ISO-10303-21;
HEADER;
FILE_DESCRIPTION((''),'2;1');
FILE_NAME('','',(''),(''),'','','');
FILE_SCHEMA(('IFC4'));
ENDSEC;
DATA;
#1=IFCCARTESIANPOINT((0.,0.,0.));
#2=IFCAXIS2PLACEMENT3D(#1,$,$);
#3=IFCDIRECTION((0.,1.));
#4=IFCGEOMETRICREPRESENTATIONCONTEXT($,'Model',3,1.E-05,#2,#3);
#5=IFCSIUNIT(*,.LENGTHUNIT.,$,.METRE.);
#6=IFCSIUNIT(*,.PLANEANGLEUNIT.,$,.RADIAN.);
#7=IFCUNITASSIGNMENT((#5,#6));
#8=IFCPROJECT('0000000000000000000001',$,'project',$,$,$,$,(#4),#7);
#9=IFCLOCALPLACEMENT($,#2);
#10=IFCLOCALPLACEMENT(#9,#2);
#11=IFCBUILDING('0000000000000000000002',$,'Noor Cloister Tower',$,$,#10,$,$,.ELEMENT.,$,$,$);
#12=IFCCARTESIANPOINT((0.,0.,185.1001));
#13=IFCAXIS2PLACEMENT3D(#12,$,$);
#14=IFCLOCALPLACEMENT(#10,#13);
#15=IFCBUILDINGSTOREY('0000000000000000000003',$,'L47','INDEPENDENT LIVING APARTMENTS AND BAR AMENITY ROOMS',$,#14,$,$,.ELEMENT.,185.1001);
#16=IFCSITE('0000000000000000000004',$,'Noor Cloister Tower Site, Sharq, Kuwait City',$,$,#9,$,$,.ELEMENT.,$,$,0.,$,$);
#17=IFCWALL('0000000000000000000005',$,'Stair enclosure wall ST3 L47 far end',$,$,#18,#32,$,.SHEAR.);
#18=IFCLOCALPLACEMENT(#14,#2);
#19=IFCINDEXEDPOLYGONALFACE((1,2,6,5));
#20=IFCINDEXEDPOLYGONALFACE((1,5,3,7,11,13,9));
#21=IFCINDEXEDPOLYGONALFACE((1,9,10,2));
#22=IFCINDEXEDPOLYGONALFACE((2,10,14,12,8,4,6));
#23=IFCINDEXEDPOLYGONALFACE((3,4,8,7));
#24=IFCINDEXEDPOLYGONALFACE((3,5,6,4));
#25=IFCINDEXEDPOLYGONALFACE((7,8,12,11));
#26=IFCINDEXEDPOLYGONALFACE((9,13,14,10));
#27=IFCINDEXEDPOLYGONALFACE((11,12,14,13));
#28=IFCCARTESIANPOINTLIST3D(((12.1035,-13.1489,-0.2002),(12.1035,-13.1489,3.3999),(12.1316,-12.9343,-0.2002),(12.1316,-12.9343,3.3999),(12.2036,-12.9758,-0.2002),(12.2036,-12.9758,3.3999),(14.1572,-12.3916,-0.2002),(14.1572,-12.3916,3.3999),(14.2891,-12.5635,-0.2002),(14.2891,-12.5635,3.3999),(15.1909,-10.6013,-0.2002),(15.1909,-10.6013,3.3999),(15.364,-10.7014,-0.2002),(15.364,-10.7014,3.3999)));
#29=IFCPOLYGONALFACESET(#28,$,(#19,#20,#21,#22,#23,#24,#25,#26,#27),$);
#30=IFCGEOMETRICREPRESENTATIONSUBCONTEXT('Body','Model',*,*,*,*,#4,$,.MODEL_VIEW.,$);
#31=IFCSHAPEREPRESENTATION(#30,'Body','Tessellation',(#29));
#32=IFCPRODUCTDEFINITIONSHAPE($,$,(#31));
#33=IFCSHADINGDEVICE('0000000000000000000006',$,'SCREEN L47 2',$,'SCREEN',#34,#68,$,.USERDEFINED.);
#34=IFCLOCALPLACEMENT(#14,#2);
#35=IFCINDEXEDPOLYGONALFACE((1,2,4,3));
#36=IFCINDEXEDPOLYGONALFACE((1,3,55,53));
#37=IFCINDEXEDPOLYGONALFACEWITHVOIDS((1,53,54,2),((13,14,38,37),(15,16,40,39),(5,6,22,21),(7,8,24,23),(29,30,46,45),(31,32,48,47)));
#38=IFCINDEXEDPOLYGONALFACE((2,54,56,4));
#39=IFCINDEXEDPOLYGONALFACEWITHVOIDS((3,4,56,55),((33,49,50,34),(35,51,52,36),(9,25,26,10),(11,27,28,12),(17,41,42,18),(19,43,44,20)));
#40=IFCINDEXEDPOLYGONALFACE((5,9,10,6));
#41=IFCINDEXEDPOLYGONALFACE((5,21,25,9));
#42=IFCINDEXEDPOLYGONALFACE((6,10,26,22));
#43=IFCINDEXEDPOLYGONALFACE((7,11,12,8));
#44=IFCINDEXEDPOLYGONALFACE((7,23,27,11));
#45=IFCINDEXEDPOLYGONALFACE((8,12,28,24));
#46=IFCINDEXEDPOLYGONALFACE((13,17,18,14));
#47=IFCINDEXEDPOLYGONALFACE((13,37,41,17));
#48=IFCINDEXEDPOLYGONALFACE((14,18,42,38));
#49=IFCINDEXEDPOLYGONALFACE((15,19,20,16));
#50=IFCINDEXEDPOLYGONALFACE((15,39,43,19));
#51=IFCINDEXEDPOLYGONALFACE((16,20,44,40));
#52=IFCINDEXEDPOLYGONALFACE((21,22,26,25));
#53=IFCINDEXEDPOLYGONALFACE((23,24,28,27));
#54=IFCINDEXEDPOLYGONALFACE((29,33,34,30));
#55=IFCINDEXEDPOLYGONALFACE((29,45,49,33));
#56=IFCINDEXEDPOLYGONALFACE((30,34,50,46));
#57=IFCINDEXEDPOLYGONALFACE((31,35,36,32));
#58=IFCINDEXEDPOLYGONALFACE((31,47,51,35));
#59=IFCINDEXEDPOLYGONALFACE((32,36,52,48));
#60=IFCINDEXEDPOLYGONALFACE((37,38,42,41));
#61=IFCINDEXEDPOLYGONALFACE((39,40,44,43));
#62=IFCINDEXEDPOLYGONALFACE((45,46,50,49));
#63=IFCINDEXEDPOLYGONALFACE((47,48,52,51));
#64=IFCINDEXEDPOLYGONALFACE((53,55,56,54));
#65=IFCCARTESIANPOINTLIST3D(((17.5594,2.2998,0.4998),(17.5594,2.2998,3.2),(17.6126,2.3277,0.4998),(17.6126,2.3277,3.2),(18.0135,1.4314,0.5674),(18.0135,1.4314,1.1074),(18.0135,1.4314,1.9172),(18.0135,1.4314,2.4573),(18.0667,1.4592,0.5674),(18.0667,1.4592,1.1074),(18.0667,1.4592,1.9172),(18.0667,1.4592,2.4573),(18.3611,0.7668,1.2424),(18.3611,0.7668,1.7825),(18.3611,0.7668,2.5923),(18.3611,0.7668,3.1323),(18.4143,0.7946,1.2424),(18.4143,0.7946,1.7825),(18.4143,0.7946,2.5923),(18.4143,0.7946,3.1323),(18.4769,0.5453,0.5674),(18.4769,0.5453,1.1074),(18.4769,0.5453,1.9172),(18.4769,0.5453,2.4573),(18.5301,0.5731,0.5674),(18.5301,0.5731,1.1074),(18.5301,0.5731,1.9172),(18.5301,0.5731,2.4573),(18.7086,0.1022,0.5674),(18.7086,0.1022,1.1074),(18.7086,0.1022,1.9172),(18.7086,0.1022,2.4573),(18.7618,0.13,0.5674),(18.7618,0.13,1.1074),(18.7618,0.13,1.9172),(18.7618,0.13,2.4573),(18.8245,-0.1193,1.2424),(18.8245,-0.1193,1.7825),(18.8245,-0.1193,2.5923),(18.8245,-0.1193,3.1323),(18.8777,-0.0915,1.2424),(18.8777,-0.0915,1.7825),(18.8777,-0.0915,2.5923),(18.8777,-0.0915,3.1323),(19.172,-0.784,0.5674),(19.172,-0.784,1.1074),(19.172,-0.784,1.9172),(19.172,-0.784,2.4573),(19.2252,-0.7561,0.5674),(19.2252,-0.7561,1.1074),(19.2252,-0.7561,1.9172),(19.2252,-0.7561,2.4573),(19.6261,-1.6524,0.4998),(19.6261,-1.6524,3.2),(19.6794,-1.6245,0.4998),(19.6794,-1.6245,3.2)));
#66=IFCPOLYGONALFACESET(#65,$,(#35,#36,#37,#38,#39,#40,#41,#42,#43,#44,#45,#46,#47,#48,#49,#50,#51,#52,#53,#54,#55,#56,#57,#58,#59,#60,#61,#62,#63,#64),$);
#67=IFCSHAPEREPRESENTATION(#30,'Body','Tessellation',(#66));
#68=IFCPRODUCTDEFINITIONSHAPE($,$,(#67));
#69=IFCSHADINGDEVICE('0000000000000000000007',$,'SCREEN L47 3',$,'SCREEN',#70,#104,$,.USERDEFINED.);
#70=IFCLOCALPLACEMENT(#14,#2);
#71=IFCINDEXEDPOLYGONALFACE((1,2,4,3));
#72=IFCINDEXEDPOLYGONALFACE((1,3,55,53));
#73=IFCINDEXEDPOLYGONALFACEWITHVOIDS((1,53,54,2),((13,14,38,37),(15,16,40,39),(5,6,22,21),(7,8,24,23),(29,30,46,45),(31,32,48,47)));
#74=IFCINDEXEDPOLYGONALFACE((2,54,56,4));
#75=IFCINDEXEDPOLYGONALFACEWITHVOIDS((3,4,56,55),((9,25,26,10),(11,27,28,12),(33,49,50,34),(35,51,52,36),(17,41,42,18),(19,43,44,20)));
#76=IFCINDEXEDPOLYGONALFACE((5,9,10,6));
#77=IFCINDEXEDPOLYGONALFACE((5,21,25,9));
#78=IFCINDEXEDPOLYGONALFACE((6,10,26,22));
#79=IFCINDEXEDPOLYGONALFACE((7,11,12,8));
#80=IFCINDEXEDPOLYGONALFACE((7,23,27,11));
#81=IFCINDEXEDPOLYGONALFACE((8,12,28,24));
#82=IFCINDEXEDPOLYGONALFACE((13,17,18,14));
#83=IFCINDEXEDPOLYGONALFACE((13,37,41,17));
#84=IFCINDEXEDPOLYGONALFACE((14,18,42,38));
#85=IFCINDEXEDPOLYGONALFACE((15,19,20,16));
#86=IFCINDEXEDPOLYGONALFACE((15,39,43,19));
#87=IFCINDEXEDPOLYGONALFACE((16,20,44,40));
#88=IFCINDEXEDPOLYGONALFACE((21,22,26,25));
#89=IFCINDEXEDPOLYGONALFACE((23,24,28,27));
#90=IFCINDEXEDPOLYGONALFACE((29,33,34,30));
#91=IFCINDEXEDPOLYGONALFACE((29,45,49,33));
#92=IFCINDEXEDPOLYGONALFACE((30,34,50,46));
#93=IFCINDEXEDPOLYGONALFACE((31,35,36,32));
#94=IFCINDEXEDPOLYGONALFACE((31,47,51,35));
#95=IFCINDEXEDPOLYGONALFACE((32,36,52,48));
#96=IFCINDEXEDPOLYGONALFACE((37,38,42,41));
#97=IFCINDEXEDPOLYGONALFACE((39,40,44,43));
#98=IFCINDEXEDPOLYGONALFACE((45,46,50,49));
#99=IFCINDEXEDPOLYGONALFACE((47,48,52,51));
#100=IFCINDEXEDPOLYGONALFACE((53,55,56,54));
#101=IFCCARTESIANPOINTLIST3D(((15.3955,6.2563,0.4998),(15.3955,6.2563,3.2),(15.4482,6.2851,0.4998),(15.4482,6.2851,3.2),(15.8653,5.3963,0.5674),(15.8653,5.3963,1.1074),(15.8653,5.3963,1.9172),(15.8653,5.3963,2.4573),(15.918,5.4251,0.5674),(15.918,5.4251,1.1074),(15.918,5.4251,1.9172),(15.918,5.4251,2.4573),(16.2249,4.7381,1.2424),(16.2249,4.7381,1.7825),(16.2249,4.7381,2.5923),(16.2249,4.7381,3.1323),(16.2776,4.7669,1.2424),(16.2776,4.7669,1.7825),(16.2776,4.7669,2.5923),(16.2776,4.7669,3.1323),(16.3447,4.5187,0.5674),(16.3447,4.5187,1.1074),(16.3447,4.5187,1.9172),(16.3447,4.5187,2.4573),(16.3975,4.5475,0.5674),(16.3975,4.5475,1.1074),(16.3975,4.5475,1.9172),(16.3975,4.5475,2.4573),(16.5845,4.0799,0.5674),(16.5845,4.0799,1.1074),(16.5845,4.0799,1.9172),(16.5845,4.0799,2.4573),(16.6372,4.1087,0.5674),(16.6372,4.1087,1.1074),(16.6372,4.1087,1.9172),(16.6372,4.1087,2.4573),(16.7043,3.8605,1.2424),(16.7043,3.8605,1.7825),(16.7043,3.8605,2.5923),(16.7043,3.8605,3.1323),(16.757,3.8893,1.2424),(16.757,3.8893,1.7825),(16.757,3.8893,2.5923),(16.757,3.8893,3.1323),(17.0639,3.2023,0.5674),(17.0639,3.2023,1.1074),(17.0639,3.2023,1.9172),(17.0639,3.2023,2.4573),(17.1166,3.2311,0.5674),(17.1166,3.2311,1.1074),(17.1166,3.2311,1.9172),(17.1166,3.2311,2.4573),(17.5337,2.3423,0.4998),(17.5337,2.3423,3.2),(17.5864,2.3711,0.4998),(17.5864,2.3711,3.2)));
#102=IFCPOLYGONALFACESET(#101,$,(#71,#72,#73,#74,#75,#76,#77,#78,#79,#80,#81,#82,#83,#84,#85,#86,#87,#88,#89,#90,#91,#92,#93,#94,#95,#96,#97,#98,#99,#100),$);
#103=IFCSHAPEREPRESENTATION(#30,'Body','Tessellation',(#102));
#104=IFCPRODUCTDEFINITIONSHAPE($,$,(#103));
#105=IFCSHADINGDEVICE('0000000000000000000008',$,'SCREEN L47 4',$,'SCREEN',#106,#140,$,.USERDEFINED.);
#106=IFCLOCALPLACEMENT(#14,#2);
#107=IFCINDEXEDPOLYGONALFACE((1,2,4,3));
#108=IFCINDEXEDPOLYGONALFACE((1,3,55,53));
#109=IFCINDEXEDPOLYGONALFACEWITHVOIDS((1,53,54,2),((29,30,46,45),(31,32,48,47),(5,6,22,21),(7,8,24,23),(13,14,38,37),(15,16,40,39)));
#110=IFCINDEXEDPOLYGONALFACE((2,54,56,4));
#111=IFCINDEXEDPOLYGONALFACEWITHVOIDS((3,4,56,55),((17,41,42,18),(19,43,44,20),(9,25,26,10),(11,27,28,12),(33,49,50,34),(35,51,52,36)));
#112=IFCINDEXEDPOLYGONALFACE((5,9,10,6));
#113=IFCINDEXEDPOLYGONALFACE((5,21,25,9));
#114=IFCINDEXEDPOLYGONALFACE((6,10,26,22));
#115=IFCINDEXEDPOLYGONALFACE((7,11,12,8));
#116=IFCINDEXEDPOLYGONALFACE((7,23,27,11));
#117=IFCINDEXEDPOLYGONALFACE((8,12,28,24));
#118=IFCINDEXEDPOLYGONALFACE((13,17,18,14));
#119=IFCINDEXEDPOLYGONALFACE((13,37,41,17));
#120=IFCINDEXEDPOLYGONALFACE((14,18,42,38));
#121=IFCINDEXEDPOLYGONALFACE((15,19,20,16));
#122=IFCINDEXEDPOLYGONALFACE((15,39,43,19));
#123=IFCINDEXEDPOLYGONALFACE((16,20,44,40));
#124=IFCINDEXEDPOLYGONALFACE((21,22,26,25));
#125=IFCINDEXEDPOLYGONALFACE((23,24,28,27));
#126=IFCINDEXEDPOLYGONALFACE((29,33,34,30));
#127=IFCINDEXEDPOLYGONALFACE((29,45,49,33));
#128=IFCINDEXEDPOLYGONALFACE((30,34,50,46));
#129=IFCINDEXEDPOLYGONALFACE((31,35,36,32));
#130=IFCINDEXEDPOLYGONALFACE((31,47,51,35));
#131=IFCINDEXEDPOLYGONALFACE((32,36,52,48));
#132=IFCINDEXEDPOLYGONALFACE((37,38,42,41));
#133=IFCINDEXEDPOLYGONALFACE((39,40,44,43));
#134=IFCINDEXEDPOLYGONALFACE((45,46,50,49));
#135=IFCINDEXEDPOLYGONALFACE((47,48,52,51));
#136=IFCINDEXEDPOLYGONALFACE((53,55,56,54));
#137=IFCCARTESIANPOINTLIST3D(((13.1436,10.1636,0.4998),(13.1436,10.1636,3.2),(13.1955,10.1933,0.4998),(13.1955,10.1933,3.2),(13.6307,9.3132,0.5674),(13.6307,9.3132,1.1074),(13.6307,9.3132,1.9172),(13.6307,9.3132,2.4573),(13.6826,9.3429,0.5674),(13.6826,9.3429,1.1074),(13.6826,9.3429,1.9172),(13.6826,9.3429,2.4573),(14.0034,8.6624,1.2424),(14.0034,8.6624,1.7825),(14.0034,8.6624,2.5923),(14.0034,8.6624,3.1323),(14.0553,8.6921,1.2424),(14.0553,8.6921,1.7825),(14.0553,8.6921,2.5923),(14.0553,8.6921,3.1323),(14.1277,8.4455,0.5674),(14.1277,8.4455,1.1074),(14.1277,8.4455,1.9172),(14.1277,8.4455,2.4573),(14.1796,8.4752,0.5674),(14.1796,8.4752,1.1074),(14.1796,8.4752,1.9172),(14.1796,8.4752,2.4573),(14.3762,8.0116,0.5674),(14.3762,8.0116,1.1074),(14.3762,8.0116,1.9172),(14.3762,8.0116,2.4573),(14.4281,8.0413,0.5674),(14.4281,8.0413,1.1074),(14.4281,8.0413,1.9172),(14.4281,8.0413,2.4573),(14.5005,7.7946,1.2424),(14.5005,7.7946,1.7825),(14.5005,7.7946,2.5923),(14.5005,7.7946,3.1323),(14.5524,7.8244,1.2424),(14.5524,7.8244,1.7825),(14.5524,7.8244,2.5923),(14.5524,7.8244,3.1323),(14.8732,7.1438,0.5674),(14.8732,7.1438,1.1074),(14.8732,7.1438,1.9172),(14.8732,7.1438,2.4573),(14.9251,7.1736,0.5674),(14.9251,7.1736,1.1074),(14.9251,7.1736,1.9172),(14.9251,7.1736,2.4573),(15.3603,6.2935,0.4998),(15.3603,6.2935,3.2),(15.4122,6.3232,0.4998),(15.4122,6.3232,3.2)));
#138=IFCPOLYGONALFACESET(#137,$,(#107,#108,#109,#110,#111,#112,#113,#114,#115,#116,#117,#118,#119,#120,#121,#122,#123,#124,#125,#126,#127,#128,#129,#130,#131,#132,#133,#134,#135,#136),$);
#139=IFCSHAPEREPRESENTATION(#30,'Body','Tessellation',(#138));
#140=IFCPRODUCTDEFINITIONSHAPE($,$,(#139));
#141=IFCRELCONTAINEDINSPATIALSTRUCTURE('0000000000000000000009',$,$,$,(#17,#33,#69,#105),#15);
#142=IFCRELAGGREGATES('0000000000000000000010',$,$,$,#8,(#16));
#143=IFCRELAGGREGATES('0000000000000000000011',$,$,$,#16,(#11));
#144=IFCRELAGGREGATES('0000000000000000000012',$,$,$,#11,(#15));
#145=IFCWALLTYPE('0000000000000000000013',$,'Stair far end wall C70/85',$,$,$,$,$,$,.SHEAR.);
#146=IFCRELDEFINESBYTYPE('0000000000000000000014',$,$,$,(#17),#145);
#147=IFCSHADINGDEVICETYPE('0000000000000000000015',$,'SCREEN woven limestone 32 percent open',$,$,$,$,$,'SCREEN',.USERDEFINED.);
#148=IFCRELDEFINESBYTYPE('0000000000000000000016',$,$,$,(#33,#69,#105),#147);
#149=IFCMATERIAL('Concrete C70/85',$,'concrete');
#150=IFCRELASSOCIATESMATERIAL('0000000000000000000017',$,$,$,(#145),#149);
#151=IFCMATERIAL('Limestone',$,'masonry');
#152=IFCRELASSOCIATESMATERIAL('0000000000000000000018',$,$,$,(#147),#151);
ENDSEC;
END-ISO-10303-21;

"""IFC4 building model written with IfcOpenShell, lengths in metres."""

from ifc_helpers import new_model, si_unit, direction, frame, origin, place, context, subcontext, project, spatial, polyline, outline, extrude, material, material_profile, profile_set, type_object, element, save


model = new_model("IFC4")

# Units and contexts
model_context = context("Model", 3, precision=1e-05, world=origin(), true_north=direction((0.0, 1.0)))
body_context = subcontext(model_context, "Body", "Model", "MODEL_VIEW")
ifc_project = project(units=[si_unit("LENGTHUNIT", "METRE"), si_unit("PLANEANGLEUNIT", "RADIAN")], contexts=[model_context])

# Site, building, storey
site_placement = place(None, origin())
site = spatial("IfcSite", under=ifc_project, at=site_placement, Name="Noor Cloister Tower Site, Sharq, Kuwait City", CompositionType="ELEMENT", RefElevation=0.0)
building_placement = place(site_placement, origin())
building = spatial("IfcBuilding", under=site, at=building_placement, Name="Noor Cloister Tower", CompositionType="ELEMENT")
storey_placement = place(building_placement, frame((0.0, 0.0, 185.1001)))
storey = spatial("IfcBuildingStorey", under=building, at=storey_placement, Name="L47", Description="INDEPENDENT LIVING APARTMENTS AND BAR AMENITY ROOMS", CompositionType="ELEMENT", Elevation=185.1001)

# Wall
ifc_material_1 = material(Name="Concrete C70/85", Category="concrete")
wall_type_1 = type_object("IfcWallType", Name="Stair far end wall C70/85", PredefinedType="SHEAR", material=ifc_material_1)
wall_1_placement = place(storey_placement, frame((0.0, 0.0, -0.2002)))
element("IfcWall", 1, at=wall_1_placement, inside=storey, type_object=wall_type_1, Name="Stair enclosure wall ST3 L47 far end", PredefinedType="SHEAR", context=body_context, shape_type="SweptSolid", body=[
    extrude(outline(polyline([(12.1035, -13.1489), (14.2891, -12.5635), (15.364, -10.7014), (15.1909, -10.6013), (14.1572, -12.3916), (12.1316, -12.9343), (12.2036, -12.9758), (12.2036, -12.9758), (12.2036, -12.9758), (12.2036, -12.9758), (12.2036, -12.9758), (12.2036, -12.9758), (12.2036, -12.9758), (12.2036, -12.9758), (12.2036, -12.9758), (12.2036, -12.9758), (12.2036, -12.9758), (12.2036, -12.9758), (12.2036, -12.9758), (12.2036, -12.9758), (12.2036, -12.9758), (12.2036, -12.9758), (12.2036, -12.9758), (12.1035, -13.1489)])), origin(), (0.0, 0.0, 1.0), 3.6001),
])

# Shading devices
ifc_material_2 = material(Name="Limestone", Category="masonry")
ifc_material_profile_1 = material_profile(ifc_material_2, outline(polyline([(-2.23, -1.3501), (2.23, -1.3501), (2.23, 1.3501), (-2.23, 1.3501), (-2.23, -1.3501)]), holes=[polyline([(-1.25, -1.2825), (-0.25, -1.2825), (-0.25, -0.7424), (-1.25, -0.7424), (-1.25, -1.2825)]), polyline([(0.25, -1.2825), (1.25, -1.2825), (1.25, -0.7424), (0.25, -0.7424), (0.25, -1.2825)]), polyline([(-0.5, -0.6074), (0.5, -0.6074), (0.5, -0.0674), (-0.5, -0.0674), (-0.5, -0.6074)]), polyline([(-1.25, 0.0674), (-0.25, 0.0674), (-0.25, 0.6074), (-1.25, 0.6074), (-1.25, 0.0674)]), polyline([(0.25, 0.0674), (1.25, 0.0674), (1.25, 0.6074), (0.25, 0.6074), (0.25, 0.0674)]), polyline([(-0.5, 0.7424), (0.5, 0.7424), (0.5, 1.2825), (-0.5, 1.2825), (-0.5, 0.7424)])]), Name="Woven screen 32 percent open")
ifc_profile_set_1 = profile_set([ifc_material_profile_1], Name="Limestone")
shading_device_type = type_object("IfcShadingDeviceType", Name="SCREEN woven limestone 32 percent open", ElementType="SCREEN", PredefinedType="USERDEFINED", material=ifc_profile_set_1)
for number, where, z_axis, x_axis, name in (
    (2, (18.5928, 0.3237, 1.8499), (0.88615, 0.463399, 0.0), (-0.463399, 0.88615, 0.0), "SCREEN L47 2"),
    (3, (16.4646, 4.2993, 1.8499), (0.877585, 0.479421, 0.0), (-0.479421, 0.877585, 0.0), "SCREEN L47 3"),
):
    element("IfcShadingDevice", number, at=place(storey_placement, frame(where, z_axis=z_axis, x_axis=x_axis)), inside=storey, type_object=shading_device_type, Name=name, ObjectType="SCREEN", PredefinedType="USERDEFINED", context=body_context, shape_type="SweptSolid", body=[
        extrude(outline(polyline([(-2.23, -1.3501), (2.23, -1.3501), (2.23, 1.3501), (-2.23, 1.3501), (-2.23, -1.3501)]), holes=[polyline([(-1.25, -1.2825), (-0.25, -1.2825), (-0.25, -0.7424), (-1.25, -0.7424), (-1.25, -1.2825)]), polyline([(0.25, -1.2825), (1.25, -1.2825), (1.25, -0.7424), (0.25, -0.7424), (0.25, -1.2825)]), polyline([(-0.5, -0.6074), (0.5, -0.6074), (0.5, -0.0674), (-0.5, -0.0674), (-0.5, -0.6074)]), polyline([(-1.25, 0.0674), (-0.25, 0.0674), (-0.25, 0.6074), (-1.25, 0.6074), (-1.25, 0.0674)]), polyline([(0.25, 0.0674), (1.25, 0.0674), (1.25, 0.6074), (0.25, 0.6074), (0.25, 0.0674)]), polyline([(-0.5, 0.7424), (0.5, 0.7424), (0.5, 1.2825), (-0.5, 1.2825), (-0.5, 0.7424)])]), origin(), (0.0, 0.0, 1.0), 0.0601),
    ])
shading_device_placement = place(storey_placement, frame((14.252, 8.2285, 1.8499), z_axis=(0.867741, 0.497016, 0.0), x_axis=(-0.497016, 0.867741, 0.0)))
element("IfcShadingDevice", 4, at=shading_device_placement, inside=storey, type_object=shading_device_type, Name="SCREEN L47 4", ObjectType="SCREEN", PredefinedType="USERDEFINED", context=body_context, shape_type="SweptSolid", body=[
    extrude(outline(polyline([(-2.23, -1.3501), (2.23, -1.3501), (2.23, 1.3501), (-2.23, 1.3501), (-2.23, -1.3501)]), holes=[polyline([(-1.25, -1.2825), (-0.25, -1.2825), (-0.25, -0.7424), (-1.25, -0.7424), (-1.25, -1.2825)]), polyline([(0.25, -1.2825), (1.25, -1.2825), (1.25, -0.7424), (0.25, -0.7424), (0.25, -1.2825)]), polyline([(-0.5, -0.6074), (0.5, -0.6074), (0.5, -0.0674), (-0.5, -0.0674), (-0.5, -0.6074)]), polyline([(-1.25, 0.0674), (-0.25, 0.0674), (-0.25, 0.6074), (-1.25, 0.6074), (-1.25, 0.0674)]), polyline([(0.25, 0.0674), (1.25, 0.0674), (1.25, 0.6074), (0.25, 0.6074), (0.25, 0.0674)]), polyline([(-0.5, 0.7424), (0.5, 0.7424), (0.5, 1.2825), (-0.5, 1.2825), (-0.5, 0.7424)])]), origin(), (0.0, 0.0, 1.0), 0.0598),
])

save(model, "model.ifc")
